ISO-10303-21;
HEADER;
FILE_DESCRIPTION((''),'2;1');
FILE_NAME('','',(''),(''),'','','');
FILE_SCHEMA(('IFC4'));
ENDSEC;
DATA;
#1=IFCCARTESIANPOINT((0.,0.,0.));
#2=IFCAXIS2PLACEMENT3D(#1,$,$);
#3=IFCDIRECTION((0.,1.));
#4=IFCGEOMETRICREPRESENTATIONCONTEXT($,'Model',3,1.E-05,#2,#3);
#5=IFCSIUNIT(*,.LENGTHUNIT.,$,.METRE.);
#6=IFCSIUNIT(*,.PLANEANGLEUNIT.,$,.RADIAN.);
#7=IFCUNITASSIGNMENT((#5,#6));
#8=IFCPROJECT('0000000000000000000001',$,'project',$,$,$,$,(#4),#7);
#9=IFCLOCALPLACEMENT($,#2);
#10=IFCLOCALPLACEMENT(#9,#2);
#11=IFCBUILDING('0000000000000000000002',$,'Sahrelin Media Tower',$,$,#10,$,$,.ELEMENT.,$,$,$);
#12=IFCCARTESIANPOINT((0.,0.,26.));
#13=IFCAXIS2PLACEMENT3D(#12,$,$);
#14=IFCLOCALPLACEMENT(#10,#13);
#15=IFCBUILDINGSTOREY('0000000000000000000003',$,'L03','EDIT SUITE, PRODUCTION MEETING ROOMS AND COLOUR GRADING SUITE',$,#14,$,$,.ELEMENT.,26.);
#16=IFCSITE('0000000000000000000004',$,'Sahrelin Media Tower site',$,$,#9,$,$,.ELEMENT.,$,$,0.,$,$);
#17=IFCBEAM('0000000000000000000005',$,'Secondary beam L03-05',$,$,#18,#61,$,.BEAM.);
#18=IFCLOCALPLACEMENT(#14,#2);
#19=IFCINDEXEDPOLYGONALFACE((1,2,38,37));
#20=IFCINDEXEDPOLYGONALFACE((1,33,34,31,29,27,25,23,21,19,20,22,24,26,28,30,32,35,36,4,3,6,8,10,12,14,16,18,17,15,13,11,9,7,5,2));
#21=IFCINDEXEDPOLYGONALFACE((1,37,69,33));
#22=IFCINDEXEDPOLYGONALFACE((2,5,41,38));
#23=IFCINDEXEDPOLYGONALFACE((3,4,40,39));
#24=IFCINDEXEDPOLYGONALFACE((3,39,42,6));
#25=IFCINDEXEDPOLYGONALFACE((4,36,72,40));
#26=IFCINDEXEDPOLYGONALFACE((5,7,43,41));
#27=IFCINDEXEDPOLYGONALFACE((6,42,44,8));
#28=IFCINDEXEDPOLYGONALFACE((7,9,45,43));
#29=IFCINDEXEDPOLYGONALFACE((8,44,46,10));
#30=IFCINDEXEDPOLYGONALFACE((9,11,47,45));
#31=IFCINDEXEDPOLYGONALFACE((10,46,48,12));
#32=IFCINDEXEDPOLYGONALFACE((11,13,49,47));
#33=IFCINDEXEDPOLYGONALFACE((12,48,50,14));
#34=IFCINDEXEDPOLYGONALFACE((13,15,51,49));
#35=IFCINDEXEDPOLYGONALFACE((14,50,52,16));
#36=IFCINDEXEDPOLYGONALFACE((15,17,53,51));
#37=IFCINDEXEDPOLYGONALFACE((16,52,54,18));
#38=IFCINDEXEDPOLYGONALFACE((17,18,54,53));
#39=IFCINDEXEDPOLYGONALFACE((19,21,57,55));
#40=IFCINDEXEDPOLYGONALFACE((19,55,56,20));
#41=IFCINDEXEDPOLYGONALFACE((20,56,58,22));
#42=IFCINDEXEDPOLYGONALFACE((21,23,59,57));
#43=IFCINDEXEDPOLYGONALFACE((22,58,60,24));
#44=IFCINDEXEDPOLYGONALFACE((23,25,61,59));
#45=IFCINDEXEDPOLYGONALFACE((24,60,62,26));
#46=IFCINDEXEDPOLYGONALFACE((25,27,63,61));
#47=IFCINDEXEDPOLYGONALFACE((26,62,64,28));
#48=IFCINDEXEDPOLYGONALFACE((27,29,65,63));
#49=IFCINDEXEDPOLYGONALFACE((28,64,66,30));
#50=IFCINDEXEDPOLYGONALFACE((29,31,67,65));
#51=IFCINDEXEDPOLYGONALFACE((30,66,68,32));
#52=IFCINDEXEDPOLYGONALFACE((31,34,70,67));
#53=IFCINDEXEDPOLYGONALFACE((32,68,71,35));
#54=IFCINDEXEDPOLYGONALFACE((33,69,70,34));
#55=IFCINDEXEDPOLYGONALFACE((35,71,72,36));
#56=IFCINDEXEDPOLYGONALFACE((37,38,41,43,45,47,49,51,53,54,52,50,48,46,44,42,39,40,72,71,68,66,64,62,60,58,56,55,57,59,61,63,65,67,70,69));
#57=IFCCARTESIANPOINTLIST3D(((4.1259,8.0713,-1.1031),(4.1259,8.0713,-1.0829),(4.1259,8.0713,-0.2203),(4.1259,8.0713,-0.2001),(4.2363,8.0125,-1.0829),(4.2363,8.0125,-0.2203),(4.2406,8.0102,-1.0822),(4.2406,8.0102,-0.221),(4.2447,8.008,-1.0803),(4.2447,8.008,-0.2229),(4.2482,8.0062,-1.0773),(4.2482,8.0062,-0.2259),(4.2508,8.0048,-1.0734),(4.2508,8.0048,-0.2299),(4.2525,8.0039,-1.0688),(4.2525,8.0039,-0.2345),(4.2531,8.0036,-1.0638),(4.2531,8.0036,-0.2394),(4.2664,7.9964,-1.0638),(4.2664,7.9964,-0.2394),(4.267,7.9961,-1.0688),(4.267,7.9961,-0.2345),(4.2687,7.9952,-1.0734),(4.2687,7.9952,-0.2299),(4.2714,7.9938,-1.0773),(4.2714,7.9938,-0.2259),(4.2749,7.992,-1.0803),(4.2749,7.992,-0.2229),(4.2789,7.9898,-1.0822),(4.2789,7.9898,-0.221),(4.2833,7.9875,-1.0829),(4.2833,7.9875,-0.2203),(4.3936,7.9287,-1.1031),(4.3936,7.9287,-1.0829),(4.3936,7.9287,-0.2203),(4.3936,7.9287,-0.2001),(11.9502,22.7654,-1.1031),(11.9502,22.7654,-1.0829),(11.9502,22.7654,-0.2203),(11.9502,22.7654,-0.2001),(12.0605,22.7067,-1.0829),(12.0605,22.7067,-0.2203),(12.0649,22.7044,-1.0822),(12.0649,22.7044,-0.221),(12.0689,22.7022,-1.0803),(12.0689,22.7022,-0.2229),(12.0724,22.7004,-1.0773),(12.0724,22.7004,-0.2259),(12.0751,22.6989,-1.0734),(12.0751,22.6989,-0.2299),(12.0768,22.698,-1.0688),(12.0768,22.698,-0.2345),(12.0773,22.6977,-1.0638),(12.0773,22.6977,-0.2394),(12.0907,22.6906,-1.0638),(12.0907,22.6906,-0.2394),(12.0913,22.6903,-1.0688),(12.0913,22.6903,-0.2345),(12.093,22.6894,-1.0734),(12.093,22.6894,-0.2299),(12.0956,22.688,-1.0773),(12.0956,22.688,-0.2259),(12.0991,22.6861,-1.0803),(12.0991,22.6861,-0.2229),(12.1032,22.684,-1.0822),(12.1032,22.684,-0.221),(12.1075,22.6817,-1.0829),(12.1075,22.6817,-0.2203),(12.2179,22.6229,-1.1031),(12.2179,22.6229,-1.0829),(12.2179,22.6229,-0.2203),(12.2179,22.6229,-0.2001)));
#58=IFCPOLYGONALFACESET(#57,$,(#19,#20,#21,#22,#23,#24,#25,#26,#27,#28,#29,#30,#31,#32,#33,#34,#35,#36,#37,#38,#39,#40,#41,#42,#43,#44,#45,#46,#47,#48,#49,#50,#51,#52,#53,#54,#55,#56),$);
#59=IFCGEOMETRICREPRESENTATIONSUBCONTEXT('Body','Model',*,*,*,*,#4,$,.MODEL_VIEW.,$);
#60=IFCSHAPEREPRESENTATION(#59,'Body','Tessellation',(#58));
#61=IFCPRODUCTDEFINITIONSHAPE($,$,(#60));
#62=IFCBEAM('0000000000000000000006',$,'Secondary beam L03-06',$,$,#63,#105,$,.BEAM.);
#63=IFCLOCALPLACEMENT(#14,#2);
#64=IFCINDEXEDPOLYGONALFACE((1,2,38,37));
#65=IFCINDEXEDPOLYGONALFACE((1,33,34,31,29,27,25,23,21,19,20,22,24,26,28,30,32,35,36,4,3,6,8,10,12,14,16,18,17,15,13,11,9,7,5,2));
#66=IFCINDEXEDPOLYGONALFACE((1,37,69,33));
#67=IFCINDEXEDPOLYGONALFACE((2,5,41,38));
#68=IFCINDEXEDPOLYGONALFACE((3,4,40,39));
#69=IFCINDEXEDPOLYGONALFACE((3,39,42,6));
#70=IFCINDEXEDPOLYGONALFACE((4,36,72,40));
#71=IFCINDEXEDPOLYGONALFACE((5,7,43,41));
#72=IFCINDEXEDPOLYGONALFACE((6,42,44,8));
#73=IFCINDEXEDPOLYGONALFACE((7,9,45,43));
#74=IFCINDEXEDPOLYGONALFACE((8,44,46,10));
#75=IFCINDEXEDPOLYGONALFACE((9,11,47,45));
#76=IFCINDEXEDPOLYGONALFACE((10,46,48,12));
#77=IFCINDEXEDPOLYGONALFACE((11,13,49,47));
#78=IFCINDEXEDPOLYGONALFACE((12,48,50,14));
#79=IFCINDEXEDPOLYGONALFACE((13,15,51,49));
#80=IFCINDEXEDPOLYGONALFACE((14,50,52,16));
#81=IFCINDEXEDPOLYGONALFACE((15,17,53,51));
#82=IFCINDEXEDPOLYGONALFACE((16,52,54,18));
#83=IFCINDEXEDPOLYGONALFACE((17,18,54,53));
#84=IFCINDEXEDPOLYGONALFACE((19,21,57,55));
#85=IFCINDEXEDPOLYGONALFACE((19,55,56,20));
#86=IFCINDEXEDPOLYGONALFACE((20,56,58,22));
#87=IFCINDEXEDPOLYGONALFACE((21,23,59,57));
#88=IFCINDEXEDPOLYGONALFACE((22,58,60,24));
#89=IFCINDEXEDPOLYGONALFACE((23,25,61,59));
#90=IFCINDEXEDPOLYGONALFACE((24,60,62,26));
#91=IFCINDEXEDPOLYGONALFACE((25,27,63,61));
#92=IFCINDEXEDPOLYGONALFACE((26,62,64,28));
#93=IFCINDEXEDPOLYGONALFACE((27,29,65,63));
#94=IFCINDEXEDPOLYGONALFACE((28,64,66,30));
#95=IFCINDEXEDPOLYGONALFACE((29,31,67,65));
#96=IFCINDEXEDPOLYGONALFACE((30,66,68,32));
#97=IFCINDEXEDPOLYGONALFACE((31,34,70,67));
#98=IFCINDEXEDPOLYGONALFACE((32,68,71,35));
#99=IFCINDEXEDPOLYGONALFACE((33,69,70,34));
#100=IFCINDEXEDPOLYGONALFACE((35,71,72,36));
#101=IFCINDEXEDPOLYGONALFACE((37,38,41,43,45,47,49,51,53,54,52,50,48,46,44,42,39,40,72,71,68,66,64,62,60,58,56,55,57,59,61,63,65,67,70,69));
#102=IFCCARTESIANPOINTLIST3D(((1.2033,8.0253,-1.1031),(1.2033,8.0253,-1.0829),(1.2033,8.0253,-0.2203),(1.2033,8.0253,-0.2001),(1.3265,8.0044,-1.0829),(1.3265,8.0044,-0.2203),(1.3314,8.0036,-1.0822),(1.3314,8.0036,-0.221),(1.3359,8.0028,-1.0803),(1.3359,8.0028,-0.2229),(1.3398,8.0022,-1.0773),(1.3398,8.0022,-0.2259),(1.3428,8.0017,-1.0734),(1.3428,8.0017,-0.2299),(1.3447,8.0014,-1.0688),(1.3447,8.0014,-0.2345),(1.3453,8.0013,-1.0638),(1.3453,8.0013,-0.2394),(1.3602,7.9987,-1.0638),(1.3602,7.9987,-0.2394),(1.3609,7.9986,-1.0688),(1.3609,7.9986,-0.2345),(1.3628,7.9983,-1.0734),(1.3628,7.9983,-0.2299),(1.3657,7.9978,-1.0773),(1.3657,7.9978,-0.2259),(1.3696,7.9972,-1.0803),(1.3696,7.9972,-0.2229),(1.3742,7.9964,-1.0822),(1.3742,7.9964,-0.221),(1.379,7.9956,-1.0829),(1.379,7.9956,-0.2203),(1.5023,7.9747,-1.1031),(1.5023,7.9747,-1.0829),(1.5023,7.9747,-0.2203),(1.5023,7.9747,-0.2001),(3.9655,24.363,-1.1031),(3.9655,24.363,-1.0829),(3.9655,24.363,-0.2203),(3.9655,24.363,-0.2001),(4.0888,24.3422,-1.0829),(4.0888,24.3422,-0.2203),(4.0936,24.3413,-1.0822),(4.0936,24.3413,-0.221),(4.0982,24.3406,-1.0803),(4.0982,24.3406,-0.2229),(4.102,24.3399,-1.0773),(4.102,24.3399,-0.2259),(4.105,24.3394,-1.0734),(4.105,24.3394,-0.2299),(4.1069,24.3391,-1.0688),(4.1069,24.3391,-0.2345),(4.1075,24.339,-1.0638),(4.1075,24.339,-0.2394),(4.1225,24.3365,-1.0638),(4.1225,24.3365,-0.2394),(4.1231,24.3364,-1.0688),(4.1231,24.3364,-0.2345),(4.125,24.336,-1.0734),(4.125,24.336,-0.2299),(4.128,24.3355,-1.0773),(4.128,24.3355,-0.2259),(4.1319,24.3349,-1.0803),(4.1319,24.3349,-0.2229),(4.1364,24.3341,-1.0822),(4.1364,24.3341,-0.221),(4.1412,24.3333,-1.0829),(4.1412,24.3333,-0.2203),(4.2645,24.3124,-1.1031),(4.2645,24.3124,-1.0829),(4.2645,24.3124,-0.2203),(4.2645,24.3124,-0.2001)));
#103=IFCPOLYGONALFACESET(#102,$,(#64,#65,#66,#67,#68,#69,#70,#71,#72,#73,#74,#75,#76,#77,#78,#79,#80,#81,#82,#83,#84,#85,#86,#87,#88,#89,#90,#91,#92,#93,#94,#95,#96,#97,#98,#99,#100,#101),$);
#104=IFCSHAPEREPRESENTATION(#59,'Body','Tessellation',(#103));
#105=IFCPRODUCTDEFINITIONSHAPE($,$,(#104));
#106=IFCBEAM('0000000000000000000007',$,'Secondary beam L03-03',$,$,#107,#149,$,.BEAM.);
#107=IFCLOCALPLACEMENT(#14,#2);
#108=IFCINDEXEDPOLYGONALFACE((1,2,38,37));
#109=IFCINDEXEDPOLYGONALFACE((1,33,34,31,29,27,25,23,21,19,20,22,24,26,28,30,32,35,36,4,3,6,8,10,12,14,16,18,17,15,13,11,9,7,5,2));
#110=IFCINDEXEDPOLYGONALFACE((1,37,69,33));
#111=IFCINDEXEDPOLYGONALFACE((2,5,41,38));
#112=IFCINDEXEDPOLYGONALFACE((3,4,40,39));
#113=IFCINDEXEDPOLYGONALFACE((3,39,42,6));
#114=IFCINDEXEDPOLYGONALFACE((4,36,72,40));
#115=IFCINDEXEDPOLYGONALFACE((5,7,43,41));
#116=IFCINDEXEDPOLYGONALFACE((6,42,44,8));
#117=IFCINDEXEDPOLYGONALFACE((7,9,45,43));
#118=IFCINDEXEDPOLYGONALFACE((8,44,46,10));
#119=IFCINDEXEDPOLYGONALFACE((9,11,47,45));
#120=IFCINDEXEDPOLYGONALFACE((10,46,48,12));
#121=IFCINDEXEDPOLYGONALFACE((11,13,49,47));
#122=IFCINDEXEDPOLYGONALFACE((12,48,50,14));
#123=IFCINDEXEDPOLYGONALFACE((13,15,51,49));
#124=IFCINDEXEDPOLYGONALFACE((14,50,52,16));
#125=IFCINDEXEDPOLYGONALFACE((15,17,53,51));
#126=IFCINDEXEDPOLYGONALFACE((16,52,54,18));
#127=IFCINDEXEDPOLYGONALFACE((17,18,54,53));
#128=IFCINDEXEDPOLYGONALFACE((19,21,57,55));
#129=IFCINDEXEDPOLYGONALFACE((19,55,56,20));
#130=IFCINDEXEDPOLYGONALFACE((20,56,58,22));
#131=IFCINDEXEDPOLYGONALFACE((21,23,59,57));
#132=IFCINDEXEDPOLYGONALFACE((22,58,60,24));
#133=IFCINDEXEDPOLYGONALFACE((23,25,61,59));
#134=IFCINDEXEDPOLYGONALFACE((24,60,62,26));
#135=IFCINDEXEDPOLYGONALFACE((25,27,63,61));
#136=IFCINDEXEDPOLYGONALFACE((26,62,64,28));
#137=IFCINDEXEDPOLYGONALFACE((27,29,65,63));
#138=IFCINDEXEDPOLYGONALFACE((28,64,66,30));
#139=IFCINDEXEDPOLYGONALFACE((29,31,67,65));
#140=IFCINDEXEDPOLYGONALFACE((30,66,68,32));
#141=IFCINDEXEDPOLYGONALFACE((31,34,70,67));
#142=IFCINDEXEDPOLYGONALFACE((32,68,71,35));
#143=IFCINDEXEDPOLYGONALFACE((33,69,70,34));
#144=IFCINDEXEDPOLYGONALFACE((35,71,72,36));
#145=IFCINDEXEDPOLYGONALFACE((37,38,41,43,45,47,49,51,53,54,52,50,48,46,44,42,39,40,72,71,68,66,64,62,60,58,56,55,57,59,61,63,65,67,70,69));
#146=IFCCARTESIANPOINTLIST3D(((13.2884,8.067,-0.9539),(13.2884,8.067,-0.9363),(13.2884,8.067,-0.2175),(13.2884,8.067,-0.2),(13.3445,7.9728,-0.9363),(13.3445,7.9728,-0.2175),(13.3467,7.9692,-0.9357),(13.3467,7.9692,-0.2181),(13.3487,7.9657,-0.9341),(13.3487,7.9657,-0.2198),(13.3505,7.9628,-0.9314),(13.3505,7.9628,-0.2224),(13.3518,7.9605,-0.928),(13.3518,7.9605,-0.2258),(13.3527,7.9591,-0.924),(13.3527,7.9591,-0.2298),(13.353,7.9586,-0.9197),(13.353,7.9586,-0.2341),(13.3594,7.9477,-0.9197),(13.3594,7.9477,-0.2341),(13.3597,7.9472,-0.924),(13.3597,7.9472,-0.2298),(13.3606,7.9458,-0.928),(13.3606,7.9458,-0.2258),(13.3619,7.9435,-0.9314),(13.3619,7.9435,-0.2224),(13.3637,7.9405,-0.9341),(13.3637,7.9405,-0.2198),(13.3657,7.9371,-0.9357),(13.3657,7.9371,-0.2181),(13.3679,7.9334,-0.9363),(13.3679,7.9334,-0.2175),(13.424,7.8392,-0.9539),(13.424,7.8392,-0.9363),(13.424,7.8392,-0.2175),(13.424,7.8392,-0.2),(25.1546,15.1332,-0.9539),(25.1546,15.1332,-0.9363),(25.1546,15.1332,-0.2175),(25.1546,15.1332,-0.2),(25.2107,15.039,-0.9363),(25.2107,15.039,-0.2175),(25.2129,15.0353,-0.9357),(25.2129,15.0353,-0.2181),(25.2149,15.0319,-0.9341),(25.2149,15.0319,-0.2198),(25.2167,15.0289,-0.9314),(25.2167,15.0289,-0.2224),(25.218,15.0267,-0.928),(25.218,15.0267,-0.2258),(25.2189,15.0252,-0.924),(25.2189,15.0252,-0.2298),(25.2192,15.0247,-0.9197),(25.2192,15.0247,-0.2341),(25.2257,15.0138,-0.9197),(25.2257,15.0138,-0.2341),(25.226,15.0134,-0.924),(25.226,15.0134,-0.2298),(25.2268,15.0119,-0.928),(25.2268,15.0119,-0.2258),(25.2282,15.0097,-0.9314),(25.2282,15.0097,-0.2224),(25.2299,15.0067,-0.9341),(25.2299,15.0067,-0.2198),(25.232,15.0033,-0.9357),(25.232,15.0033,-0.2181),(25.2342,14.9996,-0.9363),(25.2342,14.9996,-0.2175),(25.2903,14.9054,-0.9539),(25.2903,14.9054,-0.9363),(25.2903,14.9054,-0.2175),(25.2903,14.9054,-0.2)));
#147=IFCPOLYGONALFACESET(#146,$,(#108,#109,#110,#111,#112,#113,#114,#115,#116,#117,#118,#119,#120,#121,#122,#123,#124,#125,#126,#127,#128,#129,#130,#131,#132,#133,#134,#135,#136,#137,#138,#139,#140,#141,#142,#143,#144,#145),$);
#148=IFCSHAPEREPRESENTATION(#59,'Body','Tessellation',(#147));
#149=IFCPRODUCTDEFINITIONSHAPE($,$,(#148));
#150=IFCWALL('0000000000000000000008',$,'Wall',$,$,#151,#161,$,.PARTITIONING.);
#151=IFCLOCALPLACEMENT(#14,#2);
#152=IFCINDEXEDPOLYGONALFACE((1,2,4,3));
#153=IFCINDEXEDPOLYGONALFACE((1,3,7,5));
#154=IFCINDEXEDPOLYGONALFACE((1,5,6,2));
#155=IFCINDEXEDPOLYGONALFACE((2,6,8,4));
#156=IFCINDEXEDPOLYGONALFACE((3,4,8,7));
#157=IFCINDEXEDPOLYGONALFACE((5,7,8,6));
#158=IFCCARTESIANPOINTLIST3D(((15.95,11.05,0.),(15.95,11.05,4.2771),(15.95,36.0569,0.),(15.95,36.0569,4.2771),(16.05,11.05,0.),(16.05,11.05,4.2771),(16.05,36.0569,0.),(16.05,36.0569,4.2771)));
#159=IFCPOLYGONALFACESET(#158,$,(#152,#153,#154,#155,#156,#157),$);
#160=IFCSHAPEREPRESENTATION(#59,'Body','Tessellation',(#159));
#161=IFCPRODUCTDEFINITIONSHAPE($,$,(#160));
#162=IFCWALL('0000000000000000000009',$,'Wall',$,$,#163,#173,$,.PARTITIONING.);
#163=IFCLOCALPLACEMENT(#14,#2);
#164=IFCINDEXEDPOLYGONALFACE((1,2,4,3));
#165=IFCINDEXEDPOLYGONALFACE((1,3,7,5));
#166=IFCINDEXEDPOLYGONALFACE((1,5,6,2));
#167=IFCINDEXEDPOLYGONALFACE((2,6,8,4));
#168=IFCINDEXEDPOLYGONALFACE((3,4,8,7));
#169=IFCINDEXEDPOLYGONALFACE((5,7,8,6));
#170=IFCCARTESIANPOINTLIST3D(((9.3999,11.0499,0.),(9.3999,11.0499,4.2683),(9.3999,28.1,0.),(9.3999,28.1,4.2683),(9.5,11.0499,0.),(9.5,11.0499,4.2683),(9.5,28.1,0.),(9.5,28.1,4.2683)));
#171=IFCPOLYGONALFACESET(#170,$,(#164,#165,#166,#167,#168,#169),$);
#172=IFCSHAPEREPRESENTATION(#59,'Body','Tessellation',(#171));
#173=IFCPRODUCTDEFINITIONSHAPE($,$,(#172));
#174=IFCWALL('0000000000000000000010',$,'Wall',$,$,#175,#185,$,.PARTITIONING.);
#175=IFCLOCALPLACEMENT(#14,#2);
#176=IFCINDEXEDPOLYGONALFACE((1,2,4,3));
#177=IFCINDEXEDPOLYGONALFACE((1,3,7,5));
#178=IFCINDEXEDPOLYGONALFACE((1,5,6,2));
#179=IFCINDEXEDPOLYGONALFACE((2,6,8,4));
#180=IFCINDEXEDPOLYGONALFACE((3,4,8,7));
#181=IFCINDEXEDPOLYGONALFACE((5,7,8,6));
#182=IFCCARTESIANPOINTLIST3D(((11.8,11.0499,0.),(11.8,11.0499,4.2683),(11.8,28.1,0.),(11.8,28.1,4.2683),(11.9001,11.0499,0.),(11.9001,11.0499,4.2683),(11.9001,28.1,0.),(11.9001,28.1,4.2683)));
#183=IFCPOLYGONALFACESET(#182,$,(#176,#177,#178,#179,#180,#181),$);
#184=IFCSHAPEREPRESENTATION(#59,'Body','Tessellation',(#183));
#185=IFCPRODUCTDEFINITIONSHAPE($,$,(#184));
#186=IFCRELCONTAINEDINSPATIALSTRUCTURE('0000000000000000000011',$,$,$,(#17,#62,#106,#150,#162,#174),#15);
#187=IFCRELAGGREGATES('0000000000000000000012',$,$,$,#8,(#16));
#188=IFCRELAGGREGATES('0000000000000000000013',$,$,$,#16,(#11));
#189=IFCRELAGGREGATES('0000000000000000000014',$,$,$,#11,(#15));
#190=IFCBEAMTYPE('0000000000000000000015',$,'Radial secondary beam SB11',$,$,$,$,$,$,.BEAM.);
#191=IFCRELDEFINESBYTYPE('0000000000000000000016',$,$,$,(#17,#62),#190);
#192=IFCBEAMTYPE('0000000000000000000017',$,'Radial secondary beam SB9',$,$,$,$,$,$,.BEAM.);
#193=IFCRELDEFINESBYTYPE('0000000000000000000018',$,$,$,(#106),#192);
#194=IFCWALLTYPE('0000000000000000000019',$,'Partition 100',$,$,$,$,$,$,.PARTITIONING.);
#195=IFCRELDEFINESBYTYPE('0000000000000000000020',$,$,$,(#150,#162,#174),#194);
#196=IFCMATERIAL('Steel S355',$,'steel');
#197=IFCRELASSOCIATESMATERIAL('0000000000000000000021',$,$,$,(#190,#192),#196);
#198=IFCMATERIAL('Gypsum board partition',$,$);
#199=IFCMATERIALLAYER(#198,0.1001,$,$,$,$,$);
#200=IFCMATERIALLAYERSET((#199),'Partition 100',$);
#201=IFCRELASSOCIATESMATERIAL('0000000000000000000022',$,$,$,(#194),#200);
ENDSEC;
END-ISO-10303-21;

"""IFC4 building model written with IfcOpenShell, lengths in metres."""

from ifc_helpers import new_model, si_unit, direction, frame, frame_2d, origin, origin_2d, place, context, subcontext, project, spatial, rectangle, i_section, extrude, material, layer, layer_set, material_profile, profile_set, type_object, element, save


model = new_model("IFC4")

# Units and contexts
model_context = context("Model", 3, precision=1e-05, world=origin(), true_north=direction((0.0, 1.0)))
body_context = subcontext(model_context, "Body", "Model", "MODEL_VIEW")
ifc_project = project(units=[si_unit("LENGTHUNIT", "METRE"), si_unit("PLANEANGLEUNIT", "RADIAN")], contexts=[model_context])

# Site, building, storey
site_placement = place(None, origin())
site = spatial("IfcSite", under=ifc_project, at=site_placement, Name="Sahrelin Media Tower site", CompositionType="ELEMENT", RefElevation=0.0)
building_placement = place(site_placement, origin())
building = spatial("IfcBuilding", under=site, at=building_placement, Name="Sahrelin Media Tower", CompositionType="ELEMENT")
storey_placement = place(building_placement, frame((0.0, 0.0, 26.0)))
storey = spatial("IfcBuildingStorey", under=building, at=storey_placement, Name="L03", Description="EDIT SUITE, PRODUCTION MEETING ROOMS AND COLOUR GRADING SUITE", CompositionType="ELEMENT", Elevation=26.0)

# Beams
ifc_material_1 = material(Name="Steel S355", Category="steel")
ifc_material_profile_1 = material_profile(ifc_material_1, i_section(OverallWidth=0.3032, OverallDepth=0.9031, WebThickness=0.0151, FlangeThickness=0.0203, FilletRadius=0.019, at=origin_2d()), Name="UB 914x305x201")
ifc_profile_set_1 = profile_set([ifc_material_profile_1], Name="Steel S355")
beam_type_1 = type_object("IfcBeamType", Name="Radial secondary beam SB11", PredefinedType="BEAM", material=ifc_profile_set_1)
beam_1_placement = place(storey_placement, frame((4.2598, 8.0, -0.6516), z_axis=(0.469997, 0.882668, 0.0), x_axis=(-0.882668, 0.469997, 0.0)))
element("IfcBeam", 1, at=beam_1_placement, inside=storey, type_object=beam_type_1, Name="Secondary beam L03-05", PredefinedType="BEAM", context=body_context, shape_type="SweptSolid", body=[
    extrude(i_section(OverallWidth=0.3032, OverallDepth=0.9031, WebThickness=0.0151, FlangeThickness=0.0203, FilletRadius=0.019, at=origin_2d()), origin(), (0.0, 0.0, 1.0), 16.6475),
])
beam_2_placement = place(storey_placement, frame((1.3528, 8.0, -0.6516), z_axis=(0.166704, 0.986007, 0.0), x_axis=(-0.986007, 0.166704, 0.0)))
element("IfcBeam", 2, at=beam_2_placement, inside=storey, type_object=beam_type_1, Name="Secondary beam L03-06", PredefinedType="BEAM", context=body_context, shape_type="SweptSolid", body=[
    extrude(i_section(OverallWidth=0.3032, OverallDepth=0.9031, WebThickness=0.0151, FlangeThickness=0.0203, FilletRadius=0.019, at=origin_2d()), origin(), (0.0, 0.0, 1.0), 16.5696),
])
ifc_material_profile_2 = material_profile(ifc_material_1, i_section(OverallWidth=0.2651, OverallDepth=0.7539, WebThickness=0.0127, FlangeThickness=0.0176, FilletRadius=0.0166, at=origin_2d()), Name="UB 762x267x147")
ifc_profile_set_2 = profile_set([ifc_material_profile_2], Name="Steel S355")
beam_type_2 = type_object("IfcBeamType", Name="Radial secondary beam SB9", PredefinedType="BEAM", material=ifc_profile_set_2)
beam_3_placement = place(storey_placement, frame((13.3562, 7.9531, -0.5769), z_axis=(0.859199, 0.511641, 0.0), x_axis=(-0.511641, 0.859199, 0.0)))
element("IfcBeam", 3, at=beam_3_placement, inside=storey, type_object=beam_type_2, Name="Secondary beam L03-03", PredefinedType="BEAM", context=body_context, shape_type="SweptSolid", body=[
    extrude(i_section(OverallWidth=0.2651, OverallDepth=0.7539, WebThickness=0.0127, FlangeThickness=0.0176, FilletRadius=0.0166, at=origin_2d()), origin(), (0.0, 0.0, 1.0), 13.8108),
])

# Walls
ifc_material_2 = material(Name="Gypsum board partition")
ifc_layer = layer(ifc_material_2, 0.1001)
ifc_layer_set = layer_set([ifc_layer], Name="Partition 100")
wall_type = type_object("IfcWallType", Name="Partition 100", PredefinedType="PARTITIONING", material=ifc_layer_set)
wall_placement = place(storey_placement, frame((16.0, 11.05, 0.0), z_axis=(0.0, 0.0, 1.0), x_axis=(0.0, 1.0, 0.0)))
element("IfcWall", 4, at=wall_placement, inside=storey, type_object=wall_type, Name="Wall", PredefinedType="PARTITIONING", context=body_context, shape_type="SweptSolid", body=[
    extrude(rectangle(XDim=25.0068, YDim=0.1001, at=frame_2d((12.5034, 0.0))), origin(), (0.0, 0.0, 1.0), 4.2771),
])
for number, where, z_axis, x_axis, name in (
    (5, (9.45, 11.05, 0.0), (0.0, 0.0, 1.0), (0.0, 1.0, 0.0), "Wall"),
    (6, (11.8501, 11.05, 0.0), (0.0, 0.0, 1.0), (0.0, 1.0, 0.0), "Wall"),
):
    element("IfcWall", number, at=place(storey_placement, frame(where, z_axis=z_axis, x_axis=x_axis)), inside=storey, type_object=wall_type, Name=name, PredefinedType="PARTITIONING", context=body_context, shape_type="SweptSolid", body=[
        extrude(rectangle(XDim=17.05, YDim=0.1001, at=frame_2d((8.5249, 0.0))), origin(), (0.0, 0.0, 1.0), 4.2683),
    ])

save(model, "model.ifc")
